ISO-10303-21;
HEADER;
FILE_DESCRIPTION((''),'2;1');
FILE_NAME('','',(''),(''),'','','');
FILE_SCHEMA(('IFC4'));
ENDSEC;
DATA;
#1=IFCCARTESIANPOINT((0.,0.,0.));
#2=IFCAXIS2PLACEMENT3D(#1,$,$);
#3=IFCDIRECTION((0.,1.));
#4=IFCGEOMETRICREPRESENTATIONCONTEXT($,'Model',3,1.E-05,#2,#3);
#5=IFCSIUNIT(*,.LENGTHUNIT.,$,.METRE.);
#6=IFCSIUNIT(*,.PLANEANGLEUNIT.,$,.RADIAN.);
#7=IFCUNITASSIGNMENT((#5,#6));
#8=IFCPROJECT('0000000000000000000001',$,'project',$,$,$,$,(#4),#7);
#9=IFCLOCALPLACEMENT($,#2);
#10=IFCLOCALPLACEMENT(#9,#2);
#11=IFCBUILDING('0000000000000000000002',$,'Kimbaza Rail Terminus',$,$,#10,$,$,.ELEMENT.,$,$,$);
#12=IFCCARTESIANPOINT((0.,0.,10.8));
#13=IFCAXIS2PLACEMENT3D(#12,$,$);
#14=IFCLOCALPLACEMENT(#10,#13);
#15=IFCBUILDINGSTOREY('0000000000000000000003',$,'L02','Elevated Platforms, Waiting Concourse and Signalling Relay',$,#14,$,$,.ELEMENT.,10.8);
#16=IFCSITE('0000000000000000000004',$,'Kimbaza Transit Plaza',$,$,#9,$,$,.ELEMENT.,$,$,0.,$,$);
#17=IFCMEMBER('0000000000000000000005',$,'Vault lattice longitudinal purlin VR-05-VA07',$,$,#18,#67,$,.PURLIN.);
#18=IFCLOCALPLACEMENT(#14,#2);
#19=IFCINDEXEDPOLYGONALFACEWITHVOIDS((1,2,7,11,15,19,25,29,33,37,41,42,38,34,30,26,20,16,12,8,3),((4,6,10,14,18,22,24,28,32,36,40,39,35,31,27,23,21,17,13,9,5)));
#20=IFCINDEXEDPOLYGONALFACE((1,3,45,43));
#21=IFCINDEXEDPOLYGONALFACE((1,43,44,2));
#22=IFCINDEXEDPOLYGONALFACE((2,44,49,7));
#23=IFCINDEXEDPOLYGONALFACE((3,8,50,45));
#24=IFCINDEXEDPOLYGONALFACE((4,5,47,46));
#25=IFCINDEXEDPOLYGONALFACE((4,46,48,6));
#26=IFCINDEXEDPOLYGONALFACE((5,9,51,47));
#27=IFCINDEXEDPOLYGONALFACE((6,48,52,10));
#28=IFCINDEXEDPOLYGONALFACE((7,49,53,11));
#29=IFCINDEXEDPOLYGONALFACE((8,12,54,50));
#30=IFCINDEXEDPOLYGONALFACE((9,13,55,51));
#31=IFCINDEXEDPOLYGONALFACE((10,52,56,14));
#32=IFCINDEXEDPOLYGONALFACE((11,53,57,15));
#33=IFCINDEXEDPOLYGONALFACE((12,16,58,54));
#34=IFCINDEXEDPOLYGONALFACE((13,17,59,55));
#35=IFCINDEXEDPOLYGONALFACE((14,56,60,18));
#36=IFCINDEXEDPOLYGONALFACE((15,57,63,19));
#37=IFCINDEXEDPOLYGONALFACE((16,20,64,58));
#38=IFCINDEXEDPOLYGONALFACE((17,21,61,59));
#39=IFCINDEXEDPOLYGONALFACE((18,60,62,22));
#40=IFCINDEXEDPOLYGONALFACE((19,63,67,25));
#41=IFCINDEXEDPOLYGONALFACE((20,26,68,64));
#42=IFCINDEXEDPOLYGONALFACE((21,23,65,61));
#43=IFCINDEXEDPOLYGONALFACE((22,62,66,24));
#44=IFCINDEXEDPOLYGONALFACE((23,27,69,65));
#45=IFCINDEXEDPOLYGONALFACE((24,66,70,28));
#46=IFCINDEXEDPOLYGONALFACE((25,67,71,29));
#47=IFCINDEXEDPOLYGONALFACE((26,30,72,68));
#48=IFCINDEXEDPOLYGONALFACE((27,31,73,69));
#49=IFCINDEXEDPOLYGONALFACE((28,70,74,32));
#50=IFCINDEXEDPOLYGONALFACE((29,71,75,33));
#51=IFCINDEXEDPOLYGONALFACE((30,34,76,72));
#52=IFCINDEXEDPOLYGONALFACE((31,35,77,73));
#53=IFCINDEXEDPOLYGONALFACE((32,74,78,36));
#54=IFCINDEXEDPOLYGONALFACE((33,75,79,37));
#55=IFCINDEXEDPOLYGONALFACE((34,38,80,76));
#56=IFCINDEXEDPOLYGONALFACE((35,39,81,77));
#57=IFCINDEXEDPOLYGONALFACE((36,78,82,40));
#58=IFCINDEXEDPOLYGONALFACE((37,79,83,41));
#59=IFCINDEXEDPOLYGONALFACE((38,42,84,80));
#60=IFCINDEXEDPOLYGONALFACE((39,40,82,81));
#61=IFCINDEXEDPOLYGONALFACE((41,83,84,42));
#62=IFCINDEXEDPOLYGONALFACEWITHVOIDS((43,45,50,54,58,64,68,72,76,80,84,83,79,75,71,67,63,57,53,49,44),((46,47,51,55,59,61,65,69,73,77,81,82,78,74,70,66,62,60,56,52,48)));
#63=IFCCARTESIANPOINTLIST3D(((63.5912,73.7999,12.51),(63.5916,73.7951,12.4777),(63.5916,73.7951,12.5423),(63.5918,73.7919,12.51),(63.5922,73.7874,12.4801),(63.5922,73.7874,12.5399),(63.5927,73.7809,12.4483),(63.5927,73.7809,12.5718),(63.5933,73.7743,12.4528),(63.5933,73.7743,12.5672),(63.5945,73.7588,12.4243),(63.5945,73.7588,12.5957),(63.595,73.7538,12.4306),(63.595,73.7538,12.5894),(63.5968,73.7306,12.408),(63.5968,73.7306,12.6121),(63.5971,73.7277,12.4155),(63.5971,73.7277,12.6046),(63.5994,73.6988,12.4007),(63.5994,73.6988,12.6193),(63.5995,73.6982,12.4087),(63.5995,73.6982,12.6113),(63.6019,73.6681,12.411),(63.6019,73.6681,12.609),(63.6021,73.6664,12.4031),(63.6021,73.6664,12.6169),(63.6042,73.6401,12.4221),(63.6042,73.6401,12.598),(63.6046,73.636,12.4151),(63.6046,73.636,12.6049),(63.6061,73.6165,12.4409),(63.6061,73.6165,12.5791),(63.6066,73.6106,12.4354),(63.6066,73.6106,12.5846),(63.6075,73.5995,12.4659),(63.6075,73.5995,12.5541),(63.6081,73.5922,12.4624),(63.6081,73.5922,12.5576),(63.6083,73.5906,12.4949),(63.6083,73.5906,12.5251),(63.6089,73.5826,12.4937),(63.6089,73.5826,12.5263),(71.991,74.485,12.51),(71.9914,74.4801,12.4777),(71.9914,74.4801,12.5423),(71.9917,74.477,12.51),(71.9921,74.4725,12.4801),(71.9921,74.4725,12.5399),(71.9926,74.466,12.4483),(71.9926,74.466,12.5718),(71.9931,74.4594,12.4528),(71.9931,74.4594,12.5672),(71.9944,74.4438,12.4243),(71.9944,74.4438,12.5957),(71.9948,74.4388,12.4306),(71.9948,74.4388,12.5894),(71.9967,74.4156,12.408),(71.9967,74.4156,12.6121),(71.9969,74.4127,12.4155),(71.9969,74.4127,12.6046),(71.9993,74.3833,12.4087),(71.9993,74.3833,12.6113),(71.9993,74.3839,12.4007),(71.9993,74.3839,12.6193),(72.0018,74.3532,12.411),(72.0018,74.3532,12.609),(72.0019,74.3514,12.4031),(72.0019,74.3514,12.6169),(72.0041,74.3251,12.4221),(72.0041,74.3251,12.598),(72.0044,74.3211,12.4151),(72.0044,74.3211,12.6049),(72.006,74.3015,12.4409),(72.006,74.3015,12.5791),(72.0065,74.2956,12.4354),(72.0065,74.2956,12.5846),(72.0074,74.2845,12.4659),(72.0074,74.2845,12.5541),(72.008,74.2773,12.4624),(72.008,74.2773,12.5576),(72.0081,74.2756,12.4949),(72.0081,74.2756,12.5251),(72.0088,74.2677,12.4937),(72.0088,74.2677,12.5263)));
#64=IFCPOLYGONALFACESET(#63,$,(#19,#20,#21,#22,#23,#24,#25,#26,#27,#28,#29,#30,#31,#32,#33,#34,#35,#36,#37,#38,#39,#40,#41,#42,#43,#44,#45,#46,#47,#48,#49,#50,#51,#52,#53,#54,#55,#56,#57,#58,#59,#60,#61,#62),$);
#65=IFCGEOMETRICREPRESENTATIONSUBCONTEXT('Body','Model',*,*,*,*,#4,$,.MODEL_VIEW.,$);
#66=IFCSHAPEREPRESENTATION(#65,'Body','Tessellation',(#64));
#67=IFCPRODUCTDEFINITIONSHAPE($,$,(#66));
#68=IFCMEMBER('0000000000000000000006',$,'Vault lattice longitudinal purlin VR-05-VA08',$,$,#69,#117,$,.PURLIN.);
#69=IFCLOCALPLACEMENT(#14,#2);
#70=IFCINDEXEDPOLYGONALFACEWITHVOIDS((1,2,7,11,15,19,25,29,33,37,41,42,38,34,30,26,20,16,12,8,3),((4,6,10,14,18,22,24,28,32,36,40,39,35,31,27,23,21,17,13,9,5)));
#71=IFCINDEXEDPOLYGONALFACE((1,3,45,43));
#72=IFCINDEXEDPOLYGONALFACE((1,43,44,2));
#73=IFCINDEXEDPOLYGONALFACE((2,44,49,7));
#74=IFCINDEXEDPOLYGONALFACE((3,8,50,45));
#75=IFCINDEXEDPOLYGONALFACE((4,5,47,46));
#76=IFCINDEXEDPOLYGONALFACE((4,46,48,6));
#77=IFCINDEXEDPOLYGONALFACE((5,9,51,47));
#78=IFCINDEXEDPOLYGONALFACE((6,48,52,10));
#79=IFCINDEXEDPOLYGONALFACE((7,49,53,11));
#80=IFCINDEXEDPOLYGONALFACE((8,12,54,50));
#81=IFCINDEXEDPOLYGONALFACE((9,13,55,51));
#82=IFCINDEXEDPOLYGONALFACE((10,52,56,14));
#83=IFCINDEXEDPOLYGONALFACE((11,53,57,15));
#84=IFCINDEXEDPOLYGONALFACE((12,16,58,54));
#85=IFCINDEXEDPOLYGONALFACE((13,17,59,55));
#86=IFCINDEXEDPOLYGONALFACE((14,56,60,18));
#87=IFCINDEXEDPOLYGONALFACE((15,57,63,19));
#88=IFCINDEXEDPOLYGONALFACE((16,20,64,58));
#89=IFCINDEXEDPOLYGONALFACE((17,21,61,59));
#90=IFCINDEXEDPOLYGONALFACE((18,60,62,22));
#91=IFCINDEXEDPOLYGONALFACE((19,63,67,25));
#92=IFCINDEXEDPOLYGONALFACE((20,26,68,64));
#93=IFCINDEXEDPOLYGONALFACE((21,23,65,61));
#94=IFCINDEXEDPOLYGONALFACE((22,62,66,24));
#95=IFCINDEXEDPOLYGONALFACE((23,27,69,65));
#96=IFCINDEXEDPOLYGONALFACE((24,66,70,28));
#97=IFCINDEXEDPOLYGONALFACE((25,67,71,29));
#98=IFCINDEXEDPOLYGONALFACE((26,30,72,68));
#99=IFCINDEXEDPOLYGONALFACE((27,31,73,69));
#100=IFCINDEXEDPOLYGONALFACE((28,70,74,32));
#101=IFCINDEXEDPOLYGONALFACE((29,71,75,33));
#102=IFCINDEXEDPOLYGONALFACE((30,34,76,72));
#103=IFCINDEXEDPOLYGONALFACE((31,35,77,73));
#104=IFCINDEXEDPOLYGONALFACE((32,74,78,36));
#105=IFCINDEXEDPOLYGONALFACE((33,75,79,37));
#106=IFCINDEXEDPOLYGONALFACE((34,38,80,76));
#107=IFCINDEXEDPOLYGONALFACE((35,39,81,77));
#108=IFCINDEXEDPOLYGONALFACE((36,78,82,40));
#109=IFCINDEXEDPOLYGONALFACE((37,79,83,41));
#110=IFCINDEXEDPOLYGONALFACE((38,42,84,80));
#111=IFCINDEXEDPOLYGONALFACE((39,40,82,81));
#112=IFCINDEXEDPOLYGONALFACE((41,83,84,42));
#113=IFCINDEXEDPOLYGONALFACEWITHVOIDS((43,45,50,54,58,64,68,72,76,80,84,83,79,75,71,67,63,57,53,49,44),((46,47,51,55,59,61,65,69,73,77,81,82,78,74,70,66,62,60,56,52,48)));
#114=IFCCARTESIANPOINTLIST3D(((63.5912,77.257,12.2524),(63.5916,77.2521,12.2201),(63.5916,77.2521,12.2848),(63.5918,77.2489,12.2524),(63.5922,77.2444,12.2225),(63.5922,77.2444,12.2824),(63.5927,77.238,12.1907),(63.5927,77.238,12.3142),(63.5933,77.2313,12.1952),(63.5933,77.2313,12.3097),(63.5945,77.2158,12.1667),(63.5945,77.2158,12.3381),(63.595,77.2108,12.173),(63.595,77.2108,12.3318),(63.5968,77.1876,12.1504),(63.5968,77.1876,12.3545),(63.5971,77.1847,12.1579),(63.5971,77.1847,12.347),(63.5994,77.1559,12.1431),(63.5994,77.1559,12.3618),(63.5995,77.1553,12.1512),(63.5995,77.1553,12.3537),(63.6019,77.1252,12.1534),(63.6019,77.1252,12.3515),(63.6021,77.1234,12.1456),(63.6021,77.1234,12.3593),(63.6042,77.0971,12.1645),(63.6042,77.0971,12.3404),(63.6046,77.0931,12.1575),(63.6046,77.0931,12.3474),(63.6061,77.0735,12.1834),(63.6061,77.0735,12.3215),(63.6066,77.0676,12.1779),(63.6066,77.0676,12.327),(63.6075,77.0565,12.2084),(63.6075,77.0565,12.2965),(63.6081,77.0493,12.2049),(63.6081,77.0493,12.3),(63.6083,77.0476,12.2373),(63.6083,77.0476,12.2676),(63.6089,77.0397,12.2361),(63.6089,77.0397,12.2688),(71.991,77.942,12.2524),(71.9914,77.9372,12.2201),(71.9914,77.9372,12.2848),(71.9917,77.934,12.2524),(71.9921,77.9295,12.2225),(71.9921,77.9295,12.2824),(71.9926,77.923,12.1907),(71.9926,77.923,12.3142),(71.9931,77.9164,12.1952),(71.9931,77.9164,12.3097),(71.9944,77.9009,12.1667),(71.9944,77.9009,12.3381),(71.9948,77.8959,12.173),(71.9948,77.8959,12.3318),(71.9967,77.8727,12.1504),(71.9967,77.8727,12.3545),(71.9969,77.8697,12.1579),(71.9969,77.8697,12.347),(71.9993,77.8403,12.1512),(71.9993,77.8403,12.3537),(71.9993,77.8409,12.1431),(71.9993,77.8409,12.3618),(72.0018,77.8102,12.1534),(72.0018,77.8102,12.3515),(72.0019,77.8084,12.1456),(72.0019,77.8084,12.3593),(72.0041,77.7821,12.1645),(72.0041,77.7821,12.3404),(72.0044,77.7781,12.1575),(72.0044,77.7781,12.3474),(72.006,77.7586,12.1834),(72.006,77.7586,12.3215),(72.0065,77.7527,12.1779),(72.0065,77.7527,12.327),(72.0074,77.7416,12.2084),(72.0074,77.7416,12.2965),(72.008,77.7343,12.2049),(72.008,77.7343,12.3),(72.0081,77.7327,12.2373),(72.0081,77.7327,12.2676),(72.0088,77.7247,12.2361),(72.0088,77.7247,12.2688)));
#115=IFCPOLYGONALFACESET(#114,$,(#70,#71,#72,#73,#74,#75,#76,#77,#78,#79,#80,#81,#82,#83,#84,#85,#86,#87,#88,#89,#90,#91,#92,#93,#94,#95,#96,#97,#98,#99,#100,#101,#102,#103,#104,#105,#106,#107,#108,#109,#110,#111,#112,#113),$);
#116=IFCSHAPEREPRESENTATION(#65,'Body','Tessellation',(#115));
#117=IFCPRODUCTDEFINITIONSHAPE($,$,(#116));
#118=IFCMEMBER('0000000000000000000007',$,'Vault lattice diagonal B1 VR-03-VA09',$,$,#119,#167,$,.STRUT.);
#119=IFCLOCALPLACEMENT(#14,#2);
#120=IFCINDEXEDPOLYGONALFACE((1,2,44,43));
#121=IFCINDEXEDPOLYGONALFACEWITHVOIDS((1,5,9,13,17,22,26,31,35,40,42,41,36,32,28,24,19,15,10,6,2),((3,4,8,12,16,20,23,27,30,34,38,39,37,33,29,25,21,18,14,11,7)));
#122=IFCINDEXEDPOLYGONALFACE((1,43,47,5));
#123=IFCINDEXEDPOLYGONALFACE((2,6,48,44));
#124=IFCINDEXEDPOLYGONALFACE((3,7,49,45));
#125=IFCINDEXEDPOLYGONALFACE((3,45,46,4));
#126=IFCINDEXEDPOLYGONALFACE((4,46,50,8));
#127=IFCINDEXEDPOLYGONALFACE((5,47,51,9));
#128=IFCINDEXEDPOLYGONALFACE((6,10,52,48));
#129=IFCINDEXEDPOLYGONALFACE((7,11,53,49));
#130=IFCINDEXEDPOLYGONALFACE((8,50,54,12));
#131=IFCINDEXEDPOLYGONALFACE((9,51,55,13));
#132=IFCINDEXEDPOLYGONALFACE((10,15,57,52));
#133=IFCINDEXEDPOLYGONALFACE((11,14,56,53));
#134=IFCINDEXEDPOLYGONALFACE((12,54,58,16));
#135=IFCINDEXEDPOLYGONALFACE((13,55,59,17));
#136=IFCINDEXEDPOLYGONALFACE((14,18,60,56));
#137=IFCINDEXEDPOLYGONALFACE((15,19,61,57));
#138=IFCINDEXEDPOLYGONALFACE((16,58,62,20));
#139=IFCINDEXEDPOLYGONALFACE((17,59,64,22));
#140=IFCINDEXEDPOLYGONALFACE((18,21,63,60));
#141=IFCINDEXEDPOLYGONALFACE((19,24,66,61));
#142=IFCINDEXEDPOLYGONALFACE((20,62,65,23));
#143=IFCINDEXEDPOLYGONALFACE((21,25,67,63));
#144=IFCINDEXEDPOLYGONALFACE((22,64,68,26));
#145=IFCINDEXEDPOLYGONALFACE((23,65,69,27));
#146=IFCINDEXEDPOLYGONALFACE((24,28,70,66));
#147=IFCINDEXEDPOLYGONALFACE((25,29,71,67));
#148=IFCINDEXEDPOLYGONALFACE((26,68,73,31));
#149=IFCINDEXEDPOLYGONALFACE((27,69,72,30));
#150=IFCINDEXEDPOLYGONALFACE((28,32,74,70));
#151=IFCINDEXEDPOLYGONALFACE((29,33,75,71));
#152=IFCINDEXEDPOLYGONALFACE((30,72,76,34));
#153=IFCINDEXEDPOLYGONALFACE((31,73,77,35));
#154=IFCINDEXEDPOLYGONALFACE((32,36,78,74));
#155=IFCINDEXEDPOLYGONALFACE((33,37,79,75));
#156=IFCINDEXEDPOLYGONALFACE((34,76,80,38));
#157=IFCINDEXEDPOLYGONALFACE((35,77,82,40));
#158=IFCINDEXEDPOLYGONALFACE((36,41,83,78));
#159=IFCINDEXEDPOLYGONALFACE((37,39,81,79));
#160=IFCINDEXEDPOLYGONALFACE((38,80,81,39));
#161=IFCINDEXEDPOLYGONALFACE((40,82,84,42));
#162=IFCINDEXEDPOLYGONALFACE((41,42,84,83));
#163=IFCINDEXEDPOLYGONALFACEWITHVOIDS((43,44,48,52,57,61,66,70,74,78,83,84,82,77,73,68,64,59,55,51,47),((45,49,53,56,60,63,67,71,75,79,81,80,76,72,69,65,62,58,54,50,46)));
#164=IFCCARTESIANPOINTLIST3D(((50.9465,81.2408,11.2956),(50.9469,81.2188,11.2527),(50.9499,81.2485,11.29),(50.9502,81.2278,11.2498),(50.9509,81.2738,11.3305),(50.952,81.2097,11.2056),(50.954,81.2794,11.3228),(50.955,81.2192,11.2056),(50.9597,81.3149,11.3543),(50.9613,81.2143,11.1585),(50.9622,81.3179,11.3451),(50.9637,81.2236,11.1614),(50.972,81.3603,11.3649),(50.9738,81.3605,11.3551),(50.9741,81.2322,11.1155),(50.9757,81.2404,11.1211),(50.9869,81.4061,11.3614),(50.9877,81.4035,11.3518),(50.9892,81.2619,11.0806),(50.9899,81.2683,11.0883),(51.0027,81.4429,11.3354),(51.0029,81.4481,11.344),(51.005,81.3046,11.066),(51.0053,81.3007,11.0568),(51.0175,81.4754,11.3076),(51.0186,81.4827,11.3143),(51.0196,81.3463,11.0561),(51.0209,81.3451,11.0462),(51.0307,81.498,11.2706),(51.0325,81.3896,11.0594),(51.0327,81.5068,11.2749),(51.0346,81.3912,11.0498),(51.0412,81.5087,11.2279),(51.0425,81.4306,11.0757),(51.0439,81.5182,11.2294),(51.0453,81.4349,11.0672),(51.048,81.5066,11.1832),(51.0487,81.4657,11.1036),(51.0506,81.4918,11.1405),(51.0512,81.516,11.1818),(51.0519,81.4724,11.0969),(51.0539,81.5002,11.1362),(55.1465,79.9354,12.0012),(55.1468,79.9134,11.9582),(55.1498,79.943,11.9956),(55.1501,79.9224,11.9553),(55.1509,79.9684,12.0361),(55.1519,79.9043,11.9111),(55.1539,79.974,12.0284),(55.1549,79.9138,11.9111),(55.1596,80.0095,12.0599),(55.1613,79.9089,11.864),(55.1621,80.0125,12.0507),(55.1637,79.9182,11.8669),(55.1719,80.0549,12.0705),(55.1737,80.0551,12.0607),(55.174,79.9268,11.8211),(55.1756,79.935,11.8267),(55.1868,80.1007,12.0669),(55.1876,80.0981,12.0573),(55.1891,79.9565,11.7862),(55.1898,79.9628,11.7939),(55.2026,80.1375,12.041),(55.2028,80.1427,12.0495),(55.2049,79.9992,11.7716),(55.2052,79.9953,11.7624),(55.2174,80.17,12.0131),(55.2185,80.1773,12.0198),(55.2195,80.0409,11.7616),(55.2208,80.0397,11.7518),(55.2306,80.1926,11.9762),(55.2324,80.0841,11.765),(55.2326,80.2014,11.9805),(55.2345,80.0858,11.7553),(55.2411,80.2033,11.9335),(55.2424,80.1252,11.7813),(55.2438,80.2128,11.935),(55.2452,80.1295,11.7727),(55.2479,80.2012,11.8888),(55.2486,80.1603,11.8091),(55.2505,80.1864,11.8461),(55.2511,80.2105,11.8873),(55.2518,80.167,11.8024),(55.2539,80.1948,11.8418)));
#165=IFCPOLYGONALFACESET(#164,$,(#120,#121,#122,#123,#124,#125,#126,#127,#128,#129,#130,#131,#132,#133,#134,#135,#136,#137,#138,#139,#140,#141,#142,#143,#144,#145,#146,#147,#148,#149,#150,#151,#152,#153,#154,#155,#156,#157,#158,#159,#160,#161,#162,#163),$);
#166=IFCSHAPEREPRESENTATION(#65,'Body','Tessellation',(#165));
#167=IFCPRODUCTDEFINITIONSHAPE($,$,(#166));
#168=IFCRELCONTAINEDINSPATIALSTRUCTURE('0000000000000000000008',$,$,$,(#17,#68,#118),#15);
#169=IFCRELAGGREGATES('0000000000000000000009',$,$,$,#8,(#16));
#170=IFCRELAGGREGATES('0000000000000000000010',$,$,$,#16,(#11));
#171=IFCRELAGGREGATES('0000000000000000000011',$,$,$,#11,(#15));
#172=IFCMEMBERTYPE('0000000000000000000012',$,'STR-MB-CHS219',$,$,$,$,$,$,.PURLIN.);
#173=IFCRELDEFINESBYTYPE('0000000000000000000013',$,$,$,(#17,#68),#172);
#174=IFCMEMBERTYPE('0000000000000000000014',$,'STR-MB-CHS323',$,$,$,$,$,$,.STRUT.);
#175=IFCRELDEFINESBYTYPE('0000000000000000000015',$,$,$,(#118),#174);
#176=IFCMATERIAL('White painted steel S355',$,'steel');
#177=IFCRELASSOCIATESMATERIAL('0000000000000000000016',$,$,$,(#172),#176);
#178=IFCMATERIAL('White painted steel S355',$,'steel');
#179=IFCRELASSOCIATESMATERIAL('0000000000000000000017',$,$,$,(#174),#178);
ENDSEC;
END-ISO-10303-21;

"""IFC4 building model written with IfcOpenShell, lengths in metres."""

from ifc_helpers import new_model, si_unit, direction, frame, origin, origin_2d, place, context, subcontext, project, spatial, hollow_circle, extrude, material, material_profile, profile_set, type_object, element, save


model = new_model("IFC4")

# Units and contexts
model_context = context("Model", 3, precision=1e-05, world=origin(), true_north=direction((0.0, 1.0)))
body_context = subcontext(model_context, "Body", "Model", "MODEL_VIEW")
ifc_project = project(units=[si_unit("LENGTHUNIT", "METRE"), si_unit("PLANEANGLEUNIT", "RADIAN")], contexts=[model_context])

# Site, building, storey
site_placement = place(None, origin())
site = spatial("IfcSite", under=ifc_project, at=site_placement, Name="Kimbaza Transit Plaza", CompositionType="ELEMENT", RefElevation=0.0)
building_placement = place(site_placement, origin())
building = spatial("IfcBuilding", under=site, at=building_placement, Name="Kimbaza Rail Terminus", CompositionType="ELEMENT")
storey_placement = place(building_placement, frame((0.0, 0.0, 10.8)))
storey = spatial("IfcBuildingStorey", under=building, at=storey_placement, Name="L02", Description="Elevated Platforms, Waiting Concourse and Signalling Relay", CompositionType="ELEMENT", Elevation=10.8)

# Members
ifc_material_1 = material(Name="White painted steel S355", Category="steel")
ifc_material_profile_1 = material_profile(ifc_material_1, hollow_circle(Radius=0.1096, WallThickness=0.0081, at=origin_2d()), Name="CHS 219.1x8")
ifc_profile_set_1 = profile_set([ifc_material_profile_1], Name="White painted steel S355")
member_type_1 = type_object("IfcMemberType", Name="STR-MB-CHS219", PredefinedType="PURLIN", material=ifc_profile_set_1)
for number, where, z_axis, x_axis, name in (
    (1, (63.6001, 73.6907, 12.51), (0.996691, 0.081286, 0.0), (-0.081286, 0.996691, 0.0), "Vault lattice longitudinal purlin VR-05-VA07"),
    (2, (63.6001, 77.1477, 12.2524), (0.996691, 0.081286, 0.0), (-0.081286, 0.996691, 0.0), "Vault lattice longitudinal purlin VR-05-VA08"),
):
    element("IfcMember", number, at=place(storey_placement, frame(where, z_axis=z_axis, x_axis=x_axis)), inside=storey, type_object=member_type_1, Name=name, PredefinedType="PURLIN", context=body_context, shape_type="SweptSolid", body=[
        extrude(hollow_circle(Radius=0.1096, WallThickness=0.0081, at=origin_2d()), origin(), (0.0, 0.0, 1.0), 8.4277),
    ])
ifc_material_2 = material(Name="White painted steel S355", Category="steel")
ifc_material_profile_2 = material_profile(ifc_material_2, hollow_circle(Radius=0.1619, WallThickness=0.01, at=origin_2d()), Name="CHS 323.9x10")
ifc_profile_set_2 = profile_set([ifc_material_profile_2], Name="White painted steel S355")
member_type_2 = type_object("IfcMemberType", Name="STR-MB-CHS323", PredefinedType="STRUT", material=ifc_profile_set_2)
member_1_placement = place(storey_placement, frame((55.2, 80.0588, 11.9111), z_axis=(-0.94288, 0.293064, -0.158398), x_axis=(-0.296811, -0.954936, 0.0)))
element("IfcMember", 3, at=member_1_placement, inside=storey, type_object=member_type_2, Name="Vault lattice diagonal B1 VR-03-VA09", PredefinedType="STRUT", context=body_context, shape_type="SweptSolid", body=[
    extrude(hollow_circle(Radius=0.1619, WallThickness=0.01, at=origin_2d()), origin(), (0.0, 0.0, 1.0), 4.4543),
])

save(model, "model.ifc")
